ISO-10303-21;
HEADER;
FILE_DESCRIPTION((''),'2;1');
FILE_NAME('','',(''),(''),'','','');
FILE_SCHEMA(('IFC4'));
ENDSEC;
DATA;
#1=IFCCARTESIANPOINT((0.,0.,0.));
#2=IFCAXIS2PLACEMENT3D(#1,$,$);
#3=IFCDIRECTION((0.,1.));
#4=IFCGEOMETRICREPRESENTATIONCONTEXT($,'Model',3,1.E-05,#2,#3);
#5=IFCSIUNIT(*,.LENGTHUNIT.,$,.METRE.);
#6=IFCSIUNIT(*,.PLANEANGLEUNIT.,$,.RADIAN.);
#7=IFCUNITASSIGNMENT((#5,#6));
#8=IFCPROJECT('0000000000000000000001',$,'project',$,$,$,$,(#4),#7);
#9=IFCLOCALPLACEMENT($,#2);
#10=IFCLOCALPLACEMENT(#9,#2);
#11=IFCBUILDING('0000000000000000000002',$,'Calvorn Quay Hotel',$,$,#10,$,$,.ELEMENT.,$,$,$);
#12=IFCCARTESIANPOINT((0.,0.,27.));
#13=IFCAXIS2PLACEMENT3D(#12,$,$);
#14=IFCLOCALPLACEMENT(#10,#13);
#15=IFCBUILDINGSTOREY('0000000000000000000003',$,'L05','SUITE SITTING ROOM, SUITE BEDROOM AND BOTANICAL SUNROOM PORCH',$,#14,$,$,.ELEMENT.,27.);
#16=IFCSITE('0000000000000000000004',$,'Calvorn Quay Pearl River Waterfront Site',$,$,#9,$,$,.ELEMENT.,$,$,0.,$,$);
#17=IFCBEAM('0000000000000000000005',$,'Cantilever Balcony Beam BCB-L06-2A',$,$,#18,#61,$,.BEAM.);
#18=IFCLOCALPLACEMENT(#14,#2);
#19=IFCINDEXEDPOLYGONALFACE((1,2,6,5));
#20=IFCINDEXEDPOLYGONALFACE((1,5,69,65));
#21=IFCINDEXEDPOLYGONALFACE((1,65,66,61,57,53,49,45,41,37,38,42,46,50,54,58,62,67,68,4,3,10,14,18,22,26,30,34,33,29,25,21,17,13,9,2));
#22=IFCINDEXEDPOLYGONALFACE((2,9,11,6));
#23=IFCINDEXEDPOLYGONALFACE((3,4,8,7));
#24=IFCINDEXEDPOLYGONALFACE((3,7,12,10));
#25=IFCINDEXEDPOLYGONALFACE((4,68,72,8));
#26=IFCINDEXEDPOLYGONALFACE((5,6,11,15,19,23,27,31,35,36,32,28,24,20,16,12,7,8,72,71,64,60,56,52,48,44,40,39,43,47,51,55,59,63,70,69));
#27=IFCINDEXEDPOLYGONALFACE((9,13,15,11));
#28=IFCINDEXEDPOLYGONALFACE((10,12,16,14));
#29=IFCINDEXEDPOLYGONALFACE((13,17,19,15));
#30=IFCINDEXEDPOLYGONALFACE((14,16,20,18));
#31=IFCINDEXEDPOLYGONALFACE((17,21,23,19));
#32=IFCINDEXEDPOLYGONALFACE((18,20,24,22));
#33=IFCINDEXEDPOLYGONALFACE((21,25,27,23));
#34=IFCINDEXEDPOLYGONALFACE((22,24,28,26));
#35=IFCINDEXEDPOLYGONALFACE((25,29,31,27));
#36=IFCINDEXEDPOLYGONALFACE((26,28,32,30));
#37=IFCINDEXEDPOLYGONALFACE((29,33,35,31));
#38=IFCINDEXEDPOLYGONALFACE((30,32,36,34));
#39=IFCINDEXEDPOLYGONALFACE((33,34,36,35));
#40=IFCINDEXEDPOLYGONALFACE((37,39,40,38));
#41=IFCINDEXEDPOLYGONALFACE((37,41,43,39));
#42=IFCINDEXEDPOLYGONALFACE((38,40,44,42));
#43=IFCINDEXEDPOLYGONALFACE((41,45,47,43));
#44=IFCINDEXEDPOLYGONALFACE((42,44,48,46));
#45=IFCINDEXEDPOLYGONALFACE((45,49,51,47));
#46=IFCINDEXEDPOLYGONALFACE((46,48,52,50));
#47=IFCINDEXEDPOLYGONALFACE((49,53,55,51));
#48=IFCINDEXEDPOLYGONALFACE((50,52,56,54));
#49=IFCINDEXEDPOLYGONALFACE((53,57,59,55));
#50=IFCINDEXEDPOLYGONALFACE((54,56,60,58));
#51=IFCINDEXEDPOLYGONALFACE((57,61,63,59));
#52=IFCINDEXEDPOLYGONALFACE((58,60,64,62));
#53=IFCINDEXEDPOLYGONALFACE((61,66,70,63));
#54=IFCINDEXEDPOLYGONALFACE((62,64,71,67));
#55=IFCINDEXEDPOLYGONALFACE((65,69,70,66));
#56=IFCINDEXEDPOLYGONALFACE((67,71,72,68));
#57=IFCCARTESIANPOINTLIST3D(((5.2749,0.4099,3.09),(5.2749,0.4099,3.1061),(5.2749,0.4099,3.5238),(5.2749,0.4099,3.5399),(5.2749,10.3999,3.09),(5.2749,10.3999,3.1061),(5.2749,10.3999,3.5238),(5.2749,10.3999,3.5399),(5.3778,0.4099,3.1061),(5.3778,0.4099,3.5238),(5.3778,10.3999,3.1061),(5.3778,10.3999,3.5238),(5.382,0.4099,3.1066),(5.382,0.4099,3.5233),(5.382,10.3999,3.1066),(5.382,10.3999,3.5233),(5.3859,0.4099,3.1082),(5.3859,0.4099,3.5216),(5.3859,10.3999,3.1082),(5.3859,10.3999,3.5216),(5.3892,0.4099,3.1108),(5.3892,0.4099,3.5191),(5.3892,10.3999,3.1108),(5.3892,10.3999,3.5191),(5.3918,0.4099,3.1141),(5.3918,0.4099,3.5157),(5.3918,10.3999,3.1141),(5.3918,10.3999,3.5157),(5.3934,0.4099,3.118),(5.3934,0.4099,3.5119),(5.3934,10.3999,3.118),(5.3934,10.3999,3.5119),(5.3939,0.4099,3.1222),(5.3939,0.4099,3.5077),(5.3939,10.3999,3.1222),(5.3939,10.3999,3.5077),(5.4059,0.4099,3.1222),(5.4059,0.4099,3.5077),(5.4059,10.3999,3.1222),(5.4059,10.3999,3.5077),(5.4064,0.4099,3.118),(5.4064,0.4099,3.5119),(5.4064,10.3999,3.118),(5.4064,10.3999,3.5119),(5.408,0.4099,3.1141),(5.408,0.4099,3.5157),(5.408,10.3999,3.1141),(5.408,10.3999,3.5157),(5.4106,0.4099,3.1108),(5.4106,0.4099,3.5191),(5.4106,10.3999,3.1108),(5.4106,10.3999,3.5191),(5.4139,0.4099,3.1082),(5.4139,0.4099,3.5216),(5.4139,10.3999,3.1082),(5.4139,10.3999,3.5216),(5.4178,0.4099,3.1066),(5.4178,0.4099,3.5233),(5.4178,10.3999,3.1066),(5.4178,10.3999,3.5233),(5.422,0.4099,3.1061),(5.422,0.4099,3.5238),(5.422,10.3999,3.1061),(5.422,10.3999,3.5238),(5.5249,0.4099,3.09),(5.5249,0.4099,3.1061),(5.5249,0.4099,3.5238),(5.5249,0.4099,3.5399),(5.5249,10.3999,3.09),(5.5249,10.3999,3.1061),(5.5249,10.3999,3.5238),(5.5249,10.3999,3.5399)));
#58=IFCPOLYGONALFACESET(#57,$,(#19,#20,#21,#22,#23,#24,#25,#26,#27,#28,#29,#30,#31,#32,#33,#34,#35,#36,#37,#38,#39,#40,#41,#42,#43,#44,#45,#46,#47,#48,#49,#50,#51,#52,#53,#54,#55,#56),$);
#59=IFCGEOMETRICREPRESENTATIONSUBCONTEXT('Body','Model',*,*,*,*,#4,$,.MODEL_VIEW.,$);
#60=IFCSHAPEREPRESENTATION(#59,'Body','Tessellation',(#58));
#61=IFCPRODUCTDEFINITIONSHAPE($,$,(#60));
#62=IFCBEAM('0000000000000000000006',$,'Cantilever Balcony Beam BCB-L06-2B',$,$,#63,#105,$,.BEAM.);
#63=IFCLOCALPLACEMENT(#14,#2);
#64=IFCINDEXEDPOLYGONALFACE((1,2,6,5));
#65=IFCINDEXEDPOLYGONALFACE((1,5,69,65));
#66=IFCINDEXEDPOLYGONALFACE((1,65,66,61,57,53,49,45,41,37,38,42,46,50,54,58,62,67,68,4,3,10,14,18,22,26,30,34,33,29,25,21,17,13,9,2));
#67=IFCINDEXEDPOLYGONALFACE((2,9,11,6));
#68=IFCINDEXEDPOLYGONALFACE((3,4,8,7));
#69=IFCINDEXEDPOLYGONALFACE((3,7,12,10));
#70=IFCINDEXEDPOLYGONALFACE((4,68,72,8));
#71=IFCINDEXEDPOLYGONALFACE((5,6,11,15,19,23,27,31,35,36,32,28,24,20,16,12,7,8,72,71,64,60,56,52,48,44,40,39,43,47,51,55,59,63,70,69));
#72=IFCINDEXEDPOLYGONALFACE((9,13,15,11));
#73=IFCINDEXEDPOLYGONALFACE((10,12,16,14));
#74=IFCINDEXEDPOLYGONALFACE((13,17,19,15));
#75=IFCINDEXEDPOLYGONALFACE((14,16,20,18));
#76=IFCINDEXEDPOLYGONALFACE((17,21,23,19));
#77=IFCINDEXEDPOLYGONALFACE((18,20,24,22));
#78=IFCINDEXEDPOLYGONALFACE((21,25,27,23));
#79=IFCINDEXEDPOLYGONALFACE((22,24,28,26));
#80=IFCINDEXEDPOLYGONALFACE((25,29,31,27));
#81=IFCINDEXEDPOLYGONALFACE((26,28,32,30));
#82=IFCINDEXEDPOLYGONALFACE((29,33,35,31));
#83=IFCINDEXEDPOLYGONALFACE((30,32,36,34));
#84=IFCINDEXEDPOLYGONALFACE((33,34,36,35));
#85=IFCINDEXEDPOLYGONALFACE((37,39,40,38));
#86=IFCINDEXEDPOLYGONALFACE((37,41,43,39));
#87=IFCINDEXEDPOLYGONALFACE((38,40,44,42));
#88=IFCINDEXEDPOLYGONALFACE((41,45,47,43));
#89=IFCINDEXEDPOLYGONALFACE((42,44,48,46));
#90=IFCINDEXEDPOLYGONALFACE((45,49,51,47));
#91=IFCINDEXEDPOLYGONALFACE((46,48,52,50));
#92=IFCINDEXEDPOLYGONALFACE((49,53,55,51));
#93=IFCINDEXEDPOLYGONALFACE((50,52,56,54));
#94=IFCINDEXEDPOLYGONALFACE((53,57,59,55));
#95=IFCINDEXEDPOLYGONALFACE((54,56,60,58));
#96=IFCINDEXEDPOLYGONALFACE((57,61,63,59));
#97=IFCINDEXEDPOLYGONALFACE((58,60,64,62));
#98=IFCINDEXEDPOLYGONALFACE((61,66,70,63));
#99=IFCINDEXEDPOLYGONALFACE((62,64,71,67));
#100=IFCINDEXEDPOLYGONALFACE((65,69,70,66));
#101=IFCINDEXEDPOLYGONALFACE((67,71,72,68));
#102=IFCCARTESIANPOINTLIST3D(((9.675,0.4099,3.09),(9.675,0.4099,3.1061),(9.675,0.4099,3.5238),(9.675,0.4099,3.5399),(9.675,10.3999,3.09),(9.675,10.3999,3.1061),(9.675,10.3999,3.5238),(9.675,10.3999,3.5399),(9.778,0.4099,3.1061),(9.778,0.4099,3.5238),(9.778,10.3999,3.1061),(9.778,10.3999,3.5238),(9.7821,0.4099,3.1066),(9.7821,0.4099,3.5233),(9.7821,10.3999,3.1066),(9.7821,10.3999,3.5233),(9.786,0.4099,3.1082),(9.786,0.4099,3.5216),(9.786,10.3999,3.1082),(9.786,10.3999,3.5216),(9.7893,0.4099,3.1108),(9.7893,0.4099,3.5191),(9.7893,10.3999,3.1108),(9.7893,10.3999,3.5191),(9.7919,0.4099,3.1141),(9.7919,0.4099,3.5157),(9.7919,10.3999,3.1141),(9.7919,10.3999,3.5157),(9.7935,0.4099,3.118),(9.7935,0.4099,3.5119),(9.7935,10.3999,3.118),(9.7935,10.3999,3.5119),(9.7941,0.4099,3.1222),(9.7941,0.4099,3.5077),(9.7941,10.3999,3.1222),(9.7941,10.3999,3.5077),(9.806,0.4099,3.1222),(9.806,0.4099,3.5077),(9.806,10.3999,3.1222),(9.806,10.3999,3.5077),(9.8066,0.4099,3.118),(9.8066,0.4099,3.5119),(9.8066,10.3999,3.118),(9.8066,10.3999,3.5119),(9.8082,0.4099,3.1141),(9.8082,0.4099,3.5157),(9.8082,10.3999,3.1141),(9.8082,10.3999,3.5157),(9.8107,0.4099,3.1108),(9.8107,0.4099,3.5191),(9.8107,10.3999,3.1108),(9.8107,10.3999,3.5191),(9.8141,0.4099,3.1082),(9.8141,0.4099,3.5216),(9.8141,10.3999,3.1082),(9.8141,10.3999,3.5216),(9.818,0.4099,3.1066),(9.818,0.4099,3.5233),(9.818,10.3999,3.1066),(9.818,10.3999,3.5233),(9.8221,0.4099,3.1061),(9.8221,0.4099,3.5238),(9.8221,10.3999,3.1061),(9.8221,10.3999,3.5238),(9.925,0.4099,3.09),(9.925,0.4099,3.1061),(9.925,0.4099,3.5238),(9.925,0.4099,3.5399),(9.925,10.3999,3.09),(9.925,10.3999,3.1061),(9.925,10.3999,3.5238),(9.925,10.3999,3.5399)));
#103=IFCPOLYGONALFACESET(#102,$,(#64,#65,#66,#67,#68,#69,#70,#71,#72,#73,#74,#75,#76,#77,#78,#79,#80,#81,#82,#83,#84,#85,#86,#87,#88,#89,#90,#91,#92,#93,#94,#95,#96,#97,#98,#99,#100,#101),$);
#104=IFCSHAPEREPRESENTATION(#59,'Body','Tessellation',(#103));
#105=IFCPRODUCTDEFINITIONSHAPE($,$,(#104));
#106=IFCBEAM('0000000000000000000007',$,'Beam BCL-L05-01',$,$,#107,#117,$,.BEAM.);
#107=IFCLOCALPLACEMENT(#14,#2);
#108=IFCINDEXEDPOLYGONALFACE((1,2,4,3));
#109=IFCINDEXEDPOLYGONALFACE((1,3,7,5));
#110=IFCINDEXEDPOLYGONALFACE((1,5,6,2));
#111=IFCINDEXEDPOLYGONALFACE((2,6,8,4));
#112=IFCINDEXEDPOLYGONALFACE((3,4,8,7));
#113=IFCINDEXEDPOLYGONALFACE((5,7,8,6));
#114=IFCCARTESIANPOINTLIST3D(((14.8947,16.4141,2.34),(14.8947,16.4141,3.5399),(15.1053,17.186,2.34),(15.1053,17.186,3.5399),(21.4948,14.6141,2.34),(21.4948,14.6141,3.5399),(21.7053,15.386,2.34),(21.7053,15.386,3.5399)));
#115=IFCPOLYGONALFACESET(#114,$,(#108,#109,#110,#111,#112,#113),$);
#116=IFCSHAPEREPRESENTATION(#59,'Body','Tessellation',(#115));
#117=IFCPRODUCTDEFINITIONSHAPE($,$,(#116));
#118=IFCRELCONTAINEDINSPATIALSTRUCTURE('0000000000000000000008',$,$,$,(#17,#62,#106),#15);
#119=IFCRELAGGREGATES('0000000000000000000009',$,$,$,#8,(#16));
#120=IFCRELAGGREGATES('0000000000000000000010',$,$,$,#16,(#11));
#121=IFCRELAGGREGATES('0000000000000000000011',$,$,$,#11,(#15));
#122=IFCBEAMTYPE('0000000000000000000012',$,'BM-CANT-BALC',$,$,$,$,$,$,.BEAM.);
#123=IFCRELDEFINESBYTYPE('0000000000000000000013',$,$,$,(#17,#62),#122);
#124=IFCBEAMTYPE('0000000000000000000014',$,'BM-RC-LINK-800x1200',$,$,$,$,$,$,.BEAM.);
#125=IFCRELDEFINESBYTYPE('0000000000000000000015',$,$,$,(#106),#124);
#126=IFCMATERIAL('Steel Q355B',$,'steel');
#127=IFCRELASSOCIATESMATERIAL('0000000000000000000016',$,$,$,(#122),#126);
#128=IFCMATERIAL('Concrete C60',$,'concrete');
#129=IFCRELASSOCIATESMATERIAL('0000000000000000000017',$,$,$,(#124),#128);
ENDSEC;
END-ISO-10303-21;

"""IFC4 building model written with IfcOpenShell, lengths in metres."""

from ifc_helpers import new_model, si_unit, direction, frame, origin, origin_2d, place, context, subcontext, project, spatial, rectangle, i_section, extrude, material, material_profile, profile_set, type_object, element, save


model = new_model("IFC4")

# Units and contexts
model_context = context("Model", 3, precision=1e-05, world=origin(), true_north=direction((0.0, 1.0)))
body_context = subcontext(model_context, "Body", "Model", "MODEL_VIEW")
ifc_project = project(units=[si_unit("LENGTHUNIT", "METRE"), si_unit("PLANEANGLEUNIT", "RADIAN")], contexts=[model_context])

# Site, building, storey
site_placement = place(None, origin())
site = spatial("IfcSite", under=ifc_project, at=site_placement, Name="Calvorn Quay Pearl River Waterfront Site", CompositionType="ELEMENT", RefElevation=0.0)
building_placement = place(site_placement, origin())
building = spatial("IfcBuilding", under=site, at=building_placement, Name="Calvorn Quay Hotel", CompositionType="ELEMENT")
storey_placement = place(building_placement, frame((0.0, 0.0, 27.0)))
storey = spatial("IfcBuildingStorey", under=building, at=storey_placement, Name="L05", Description="SUITE SITTING ROOM, SUITE BEDROOM AND BOTANICAL SUNROOM PORCH", CompositionType="ELEMENT", Elevation=27.0)

# Beams
ifc_material_1 = material(Name="Steel Q355B", Category="steel")
ifc_material_profile_1 = material_profile(ifc_material_1, i_section(OverallWidth=0.25, OverallDepth=0.45, WebThickness=0.012, FlangeThickness=0.0161, FilletRadius=0.0161, at=origin_2d()), Name="HN450x250x12x16")
ifc_profile_set_1 = profile_set([ifc_material_profile_1], Name="Steel Q355B")
beam_type_1 = type_object("IfcBeamType", Name="BM-CANT-BALC", PredefinedType="BEAM", material=ifc_profile_set_1)
for number, where, z_axis, x_axis, name in (
    (1, (5.3999, 10.3999, 3.3149), (0.0, -1.0, 0.0), (1.0, 0.0, 0.0), "Cantilever Balcony Beam BCB-L06-2A"),
    (2, (9.8, 10.3999, 3.3149), (0.0, -1.0, 0.0), (1.0, 0.0, 0.0), "Cantilever Balcony Beam BCB-L06-2B"),
):
    element("IfcBeam", number, at=place(storey_placement, frame(where, z_axis=z_axis, x_axis=x_axis)), inside=storey, type_object=beam_type_1, Name=name, PredefinedType="BEAM", context=body_context, shape_type="SweptSolid", body=[
        extrude(i_section(OverallWidth=0.25, OverallDepth=0.45, WebThickness=0.012, FlangeThickness=0.0161, FilletRadius=0.0161, at=origin_2d()), origin(), (0.0, 0.0, 1.0), 9.99),
    ])
ifc_material_2 = material(Name="Concrete C60", Category="concrete")
ifc_material_profile_2 = material_profile(ifc_material_2, rectangle(XDim=0.8, YDim=1.2, at=origin_2d()), Name="RCB800x1200")
ifc_profile_set_2 = profile_set([ifc_material_profile_2], Name="Concrete C60")
beam_type_2 = type_object("IfcBeamType", Name="BM-RC-LINK-800x1200", PredefinedType="BEAM", material=ifc_profile_set_2)
beam_placement = place(storey_placement, frame((15.0, 16.8, 2.9399), z_axis=(0.964763, -0.26312, 0.0), x_axis=(0.26312, 0.964763, 0.0)))
element("IfcBeam", 3, at=beam_placement, inside=storey, type_object=beam_type_2, Name="Beam BCL-L05-01", PredefinedType="BEAM", context=body_context, shape_type="SweptSolid", body=[
    extrude(rectangle(XDim=0.8, YDim=1.2, at=origin_2d()), origin(), (0.0, 0.0, 1.0), 6.8411),
])

save(model, "model.ifc")
